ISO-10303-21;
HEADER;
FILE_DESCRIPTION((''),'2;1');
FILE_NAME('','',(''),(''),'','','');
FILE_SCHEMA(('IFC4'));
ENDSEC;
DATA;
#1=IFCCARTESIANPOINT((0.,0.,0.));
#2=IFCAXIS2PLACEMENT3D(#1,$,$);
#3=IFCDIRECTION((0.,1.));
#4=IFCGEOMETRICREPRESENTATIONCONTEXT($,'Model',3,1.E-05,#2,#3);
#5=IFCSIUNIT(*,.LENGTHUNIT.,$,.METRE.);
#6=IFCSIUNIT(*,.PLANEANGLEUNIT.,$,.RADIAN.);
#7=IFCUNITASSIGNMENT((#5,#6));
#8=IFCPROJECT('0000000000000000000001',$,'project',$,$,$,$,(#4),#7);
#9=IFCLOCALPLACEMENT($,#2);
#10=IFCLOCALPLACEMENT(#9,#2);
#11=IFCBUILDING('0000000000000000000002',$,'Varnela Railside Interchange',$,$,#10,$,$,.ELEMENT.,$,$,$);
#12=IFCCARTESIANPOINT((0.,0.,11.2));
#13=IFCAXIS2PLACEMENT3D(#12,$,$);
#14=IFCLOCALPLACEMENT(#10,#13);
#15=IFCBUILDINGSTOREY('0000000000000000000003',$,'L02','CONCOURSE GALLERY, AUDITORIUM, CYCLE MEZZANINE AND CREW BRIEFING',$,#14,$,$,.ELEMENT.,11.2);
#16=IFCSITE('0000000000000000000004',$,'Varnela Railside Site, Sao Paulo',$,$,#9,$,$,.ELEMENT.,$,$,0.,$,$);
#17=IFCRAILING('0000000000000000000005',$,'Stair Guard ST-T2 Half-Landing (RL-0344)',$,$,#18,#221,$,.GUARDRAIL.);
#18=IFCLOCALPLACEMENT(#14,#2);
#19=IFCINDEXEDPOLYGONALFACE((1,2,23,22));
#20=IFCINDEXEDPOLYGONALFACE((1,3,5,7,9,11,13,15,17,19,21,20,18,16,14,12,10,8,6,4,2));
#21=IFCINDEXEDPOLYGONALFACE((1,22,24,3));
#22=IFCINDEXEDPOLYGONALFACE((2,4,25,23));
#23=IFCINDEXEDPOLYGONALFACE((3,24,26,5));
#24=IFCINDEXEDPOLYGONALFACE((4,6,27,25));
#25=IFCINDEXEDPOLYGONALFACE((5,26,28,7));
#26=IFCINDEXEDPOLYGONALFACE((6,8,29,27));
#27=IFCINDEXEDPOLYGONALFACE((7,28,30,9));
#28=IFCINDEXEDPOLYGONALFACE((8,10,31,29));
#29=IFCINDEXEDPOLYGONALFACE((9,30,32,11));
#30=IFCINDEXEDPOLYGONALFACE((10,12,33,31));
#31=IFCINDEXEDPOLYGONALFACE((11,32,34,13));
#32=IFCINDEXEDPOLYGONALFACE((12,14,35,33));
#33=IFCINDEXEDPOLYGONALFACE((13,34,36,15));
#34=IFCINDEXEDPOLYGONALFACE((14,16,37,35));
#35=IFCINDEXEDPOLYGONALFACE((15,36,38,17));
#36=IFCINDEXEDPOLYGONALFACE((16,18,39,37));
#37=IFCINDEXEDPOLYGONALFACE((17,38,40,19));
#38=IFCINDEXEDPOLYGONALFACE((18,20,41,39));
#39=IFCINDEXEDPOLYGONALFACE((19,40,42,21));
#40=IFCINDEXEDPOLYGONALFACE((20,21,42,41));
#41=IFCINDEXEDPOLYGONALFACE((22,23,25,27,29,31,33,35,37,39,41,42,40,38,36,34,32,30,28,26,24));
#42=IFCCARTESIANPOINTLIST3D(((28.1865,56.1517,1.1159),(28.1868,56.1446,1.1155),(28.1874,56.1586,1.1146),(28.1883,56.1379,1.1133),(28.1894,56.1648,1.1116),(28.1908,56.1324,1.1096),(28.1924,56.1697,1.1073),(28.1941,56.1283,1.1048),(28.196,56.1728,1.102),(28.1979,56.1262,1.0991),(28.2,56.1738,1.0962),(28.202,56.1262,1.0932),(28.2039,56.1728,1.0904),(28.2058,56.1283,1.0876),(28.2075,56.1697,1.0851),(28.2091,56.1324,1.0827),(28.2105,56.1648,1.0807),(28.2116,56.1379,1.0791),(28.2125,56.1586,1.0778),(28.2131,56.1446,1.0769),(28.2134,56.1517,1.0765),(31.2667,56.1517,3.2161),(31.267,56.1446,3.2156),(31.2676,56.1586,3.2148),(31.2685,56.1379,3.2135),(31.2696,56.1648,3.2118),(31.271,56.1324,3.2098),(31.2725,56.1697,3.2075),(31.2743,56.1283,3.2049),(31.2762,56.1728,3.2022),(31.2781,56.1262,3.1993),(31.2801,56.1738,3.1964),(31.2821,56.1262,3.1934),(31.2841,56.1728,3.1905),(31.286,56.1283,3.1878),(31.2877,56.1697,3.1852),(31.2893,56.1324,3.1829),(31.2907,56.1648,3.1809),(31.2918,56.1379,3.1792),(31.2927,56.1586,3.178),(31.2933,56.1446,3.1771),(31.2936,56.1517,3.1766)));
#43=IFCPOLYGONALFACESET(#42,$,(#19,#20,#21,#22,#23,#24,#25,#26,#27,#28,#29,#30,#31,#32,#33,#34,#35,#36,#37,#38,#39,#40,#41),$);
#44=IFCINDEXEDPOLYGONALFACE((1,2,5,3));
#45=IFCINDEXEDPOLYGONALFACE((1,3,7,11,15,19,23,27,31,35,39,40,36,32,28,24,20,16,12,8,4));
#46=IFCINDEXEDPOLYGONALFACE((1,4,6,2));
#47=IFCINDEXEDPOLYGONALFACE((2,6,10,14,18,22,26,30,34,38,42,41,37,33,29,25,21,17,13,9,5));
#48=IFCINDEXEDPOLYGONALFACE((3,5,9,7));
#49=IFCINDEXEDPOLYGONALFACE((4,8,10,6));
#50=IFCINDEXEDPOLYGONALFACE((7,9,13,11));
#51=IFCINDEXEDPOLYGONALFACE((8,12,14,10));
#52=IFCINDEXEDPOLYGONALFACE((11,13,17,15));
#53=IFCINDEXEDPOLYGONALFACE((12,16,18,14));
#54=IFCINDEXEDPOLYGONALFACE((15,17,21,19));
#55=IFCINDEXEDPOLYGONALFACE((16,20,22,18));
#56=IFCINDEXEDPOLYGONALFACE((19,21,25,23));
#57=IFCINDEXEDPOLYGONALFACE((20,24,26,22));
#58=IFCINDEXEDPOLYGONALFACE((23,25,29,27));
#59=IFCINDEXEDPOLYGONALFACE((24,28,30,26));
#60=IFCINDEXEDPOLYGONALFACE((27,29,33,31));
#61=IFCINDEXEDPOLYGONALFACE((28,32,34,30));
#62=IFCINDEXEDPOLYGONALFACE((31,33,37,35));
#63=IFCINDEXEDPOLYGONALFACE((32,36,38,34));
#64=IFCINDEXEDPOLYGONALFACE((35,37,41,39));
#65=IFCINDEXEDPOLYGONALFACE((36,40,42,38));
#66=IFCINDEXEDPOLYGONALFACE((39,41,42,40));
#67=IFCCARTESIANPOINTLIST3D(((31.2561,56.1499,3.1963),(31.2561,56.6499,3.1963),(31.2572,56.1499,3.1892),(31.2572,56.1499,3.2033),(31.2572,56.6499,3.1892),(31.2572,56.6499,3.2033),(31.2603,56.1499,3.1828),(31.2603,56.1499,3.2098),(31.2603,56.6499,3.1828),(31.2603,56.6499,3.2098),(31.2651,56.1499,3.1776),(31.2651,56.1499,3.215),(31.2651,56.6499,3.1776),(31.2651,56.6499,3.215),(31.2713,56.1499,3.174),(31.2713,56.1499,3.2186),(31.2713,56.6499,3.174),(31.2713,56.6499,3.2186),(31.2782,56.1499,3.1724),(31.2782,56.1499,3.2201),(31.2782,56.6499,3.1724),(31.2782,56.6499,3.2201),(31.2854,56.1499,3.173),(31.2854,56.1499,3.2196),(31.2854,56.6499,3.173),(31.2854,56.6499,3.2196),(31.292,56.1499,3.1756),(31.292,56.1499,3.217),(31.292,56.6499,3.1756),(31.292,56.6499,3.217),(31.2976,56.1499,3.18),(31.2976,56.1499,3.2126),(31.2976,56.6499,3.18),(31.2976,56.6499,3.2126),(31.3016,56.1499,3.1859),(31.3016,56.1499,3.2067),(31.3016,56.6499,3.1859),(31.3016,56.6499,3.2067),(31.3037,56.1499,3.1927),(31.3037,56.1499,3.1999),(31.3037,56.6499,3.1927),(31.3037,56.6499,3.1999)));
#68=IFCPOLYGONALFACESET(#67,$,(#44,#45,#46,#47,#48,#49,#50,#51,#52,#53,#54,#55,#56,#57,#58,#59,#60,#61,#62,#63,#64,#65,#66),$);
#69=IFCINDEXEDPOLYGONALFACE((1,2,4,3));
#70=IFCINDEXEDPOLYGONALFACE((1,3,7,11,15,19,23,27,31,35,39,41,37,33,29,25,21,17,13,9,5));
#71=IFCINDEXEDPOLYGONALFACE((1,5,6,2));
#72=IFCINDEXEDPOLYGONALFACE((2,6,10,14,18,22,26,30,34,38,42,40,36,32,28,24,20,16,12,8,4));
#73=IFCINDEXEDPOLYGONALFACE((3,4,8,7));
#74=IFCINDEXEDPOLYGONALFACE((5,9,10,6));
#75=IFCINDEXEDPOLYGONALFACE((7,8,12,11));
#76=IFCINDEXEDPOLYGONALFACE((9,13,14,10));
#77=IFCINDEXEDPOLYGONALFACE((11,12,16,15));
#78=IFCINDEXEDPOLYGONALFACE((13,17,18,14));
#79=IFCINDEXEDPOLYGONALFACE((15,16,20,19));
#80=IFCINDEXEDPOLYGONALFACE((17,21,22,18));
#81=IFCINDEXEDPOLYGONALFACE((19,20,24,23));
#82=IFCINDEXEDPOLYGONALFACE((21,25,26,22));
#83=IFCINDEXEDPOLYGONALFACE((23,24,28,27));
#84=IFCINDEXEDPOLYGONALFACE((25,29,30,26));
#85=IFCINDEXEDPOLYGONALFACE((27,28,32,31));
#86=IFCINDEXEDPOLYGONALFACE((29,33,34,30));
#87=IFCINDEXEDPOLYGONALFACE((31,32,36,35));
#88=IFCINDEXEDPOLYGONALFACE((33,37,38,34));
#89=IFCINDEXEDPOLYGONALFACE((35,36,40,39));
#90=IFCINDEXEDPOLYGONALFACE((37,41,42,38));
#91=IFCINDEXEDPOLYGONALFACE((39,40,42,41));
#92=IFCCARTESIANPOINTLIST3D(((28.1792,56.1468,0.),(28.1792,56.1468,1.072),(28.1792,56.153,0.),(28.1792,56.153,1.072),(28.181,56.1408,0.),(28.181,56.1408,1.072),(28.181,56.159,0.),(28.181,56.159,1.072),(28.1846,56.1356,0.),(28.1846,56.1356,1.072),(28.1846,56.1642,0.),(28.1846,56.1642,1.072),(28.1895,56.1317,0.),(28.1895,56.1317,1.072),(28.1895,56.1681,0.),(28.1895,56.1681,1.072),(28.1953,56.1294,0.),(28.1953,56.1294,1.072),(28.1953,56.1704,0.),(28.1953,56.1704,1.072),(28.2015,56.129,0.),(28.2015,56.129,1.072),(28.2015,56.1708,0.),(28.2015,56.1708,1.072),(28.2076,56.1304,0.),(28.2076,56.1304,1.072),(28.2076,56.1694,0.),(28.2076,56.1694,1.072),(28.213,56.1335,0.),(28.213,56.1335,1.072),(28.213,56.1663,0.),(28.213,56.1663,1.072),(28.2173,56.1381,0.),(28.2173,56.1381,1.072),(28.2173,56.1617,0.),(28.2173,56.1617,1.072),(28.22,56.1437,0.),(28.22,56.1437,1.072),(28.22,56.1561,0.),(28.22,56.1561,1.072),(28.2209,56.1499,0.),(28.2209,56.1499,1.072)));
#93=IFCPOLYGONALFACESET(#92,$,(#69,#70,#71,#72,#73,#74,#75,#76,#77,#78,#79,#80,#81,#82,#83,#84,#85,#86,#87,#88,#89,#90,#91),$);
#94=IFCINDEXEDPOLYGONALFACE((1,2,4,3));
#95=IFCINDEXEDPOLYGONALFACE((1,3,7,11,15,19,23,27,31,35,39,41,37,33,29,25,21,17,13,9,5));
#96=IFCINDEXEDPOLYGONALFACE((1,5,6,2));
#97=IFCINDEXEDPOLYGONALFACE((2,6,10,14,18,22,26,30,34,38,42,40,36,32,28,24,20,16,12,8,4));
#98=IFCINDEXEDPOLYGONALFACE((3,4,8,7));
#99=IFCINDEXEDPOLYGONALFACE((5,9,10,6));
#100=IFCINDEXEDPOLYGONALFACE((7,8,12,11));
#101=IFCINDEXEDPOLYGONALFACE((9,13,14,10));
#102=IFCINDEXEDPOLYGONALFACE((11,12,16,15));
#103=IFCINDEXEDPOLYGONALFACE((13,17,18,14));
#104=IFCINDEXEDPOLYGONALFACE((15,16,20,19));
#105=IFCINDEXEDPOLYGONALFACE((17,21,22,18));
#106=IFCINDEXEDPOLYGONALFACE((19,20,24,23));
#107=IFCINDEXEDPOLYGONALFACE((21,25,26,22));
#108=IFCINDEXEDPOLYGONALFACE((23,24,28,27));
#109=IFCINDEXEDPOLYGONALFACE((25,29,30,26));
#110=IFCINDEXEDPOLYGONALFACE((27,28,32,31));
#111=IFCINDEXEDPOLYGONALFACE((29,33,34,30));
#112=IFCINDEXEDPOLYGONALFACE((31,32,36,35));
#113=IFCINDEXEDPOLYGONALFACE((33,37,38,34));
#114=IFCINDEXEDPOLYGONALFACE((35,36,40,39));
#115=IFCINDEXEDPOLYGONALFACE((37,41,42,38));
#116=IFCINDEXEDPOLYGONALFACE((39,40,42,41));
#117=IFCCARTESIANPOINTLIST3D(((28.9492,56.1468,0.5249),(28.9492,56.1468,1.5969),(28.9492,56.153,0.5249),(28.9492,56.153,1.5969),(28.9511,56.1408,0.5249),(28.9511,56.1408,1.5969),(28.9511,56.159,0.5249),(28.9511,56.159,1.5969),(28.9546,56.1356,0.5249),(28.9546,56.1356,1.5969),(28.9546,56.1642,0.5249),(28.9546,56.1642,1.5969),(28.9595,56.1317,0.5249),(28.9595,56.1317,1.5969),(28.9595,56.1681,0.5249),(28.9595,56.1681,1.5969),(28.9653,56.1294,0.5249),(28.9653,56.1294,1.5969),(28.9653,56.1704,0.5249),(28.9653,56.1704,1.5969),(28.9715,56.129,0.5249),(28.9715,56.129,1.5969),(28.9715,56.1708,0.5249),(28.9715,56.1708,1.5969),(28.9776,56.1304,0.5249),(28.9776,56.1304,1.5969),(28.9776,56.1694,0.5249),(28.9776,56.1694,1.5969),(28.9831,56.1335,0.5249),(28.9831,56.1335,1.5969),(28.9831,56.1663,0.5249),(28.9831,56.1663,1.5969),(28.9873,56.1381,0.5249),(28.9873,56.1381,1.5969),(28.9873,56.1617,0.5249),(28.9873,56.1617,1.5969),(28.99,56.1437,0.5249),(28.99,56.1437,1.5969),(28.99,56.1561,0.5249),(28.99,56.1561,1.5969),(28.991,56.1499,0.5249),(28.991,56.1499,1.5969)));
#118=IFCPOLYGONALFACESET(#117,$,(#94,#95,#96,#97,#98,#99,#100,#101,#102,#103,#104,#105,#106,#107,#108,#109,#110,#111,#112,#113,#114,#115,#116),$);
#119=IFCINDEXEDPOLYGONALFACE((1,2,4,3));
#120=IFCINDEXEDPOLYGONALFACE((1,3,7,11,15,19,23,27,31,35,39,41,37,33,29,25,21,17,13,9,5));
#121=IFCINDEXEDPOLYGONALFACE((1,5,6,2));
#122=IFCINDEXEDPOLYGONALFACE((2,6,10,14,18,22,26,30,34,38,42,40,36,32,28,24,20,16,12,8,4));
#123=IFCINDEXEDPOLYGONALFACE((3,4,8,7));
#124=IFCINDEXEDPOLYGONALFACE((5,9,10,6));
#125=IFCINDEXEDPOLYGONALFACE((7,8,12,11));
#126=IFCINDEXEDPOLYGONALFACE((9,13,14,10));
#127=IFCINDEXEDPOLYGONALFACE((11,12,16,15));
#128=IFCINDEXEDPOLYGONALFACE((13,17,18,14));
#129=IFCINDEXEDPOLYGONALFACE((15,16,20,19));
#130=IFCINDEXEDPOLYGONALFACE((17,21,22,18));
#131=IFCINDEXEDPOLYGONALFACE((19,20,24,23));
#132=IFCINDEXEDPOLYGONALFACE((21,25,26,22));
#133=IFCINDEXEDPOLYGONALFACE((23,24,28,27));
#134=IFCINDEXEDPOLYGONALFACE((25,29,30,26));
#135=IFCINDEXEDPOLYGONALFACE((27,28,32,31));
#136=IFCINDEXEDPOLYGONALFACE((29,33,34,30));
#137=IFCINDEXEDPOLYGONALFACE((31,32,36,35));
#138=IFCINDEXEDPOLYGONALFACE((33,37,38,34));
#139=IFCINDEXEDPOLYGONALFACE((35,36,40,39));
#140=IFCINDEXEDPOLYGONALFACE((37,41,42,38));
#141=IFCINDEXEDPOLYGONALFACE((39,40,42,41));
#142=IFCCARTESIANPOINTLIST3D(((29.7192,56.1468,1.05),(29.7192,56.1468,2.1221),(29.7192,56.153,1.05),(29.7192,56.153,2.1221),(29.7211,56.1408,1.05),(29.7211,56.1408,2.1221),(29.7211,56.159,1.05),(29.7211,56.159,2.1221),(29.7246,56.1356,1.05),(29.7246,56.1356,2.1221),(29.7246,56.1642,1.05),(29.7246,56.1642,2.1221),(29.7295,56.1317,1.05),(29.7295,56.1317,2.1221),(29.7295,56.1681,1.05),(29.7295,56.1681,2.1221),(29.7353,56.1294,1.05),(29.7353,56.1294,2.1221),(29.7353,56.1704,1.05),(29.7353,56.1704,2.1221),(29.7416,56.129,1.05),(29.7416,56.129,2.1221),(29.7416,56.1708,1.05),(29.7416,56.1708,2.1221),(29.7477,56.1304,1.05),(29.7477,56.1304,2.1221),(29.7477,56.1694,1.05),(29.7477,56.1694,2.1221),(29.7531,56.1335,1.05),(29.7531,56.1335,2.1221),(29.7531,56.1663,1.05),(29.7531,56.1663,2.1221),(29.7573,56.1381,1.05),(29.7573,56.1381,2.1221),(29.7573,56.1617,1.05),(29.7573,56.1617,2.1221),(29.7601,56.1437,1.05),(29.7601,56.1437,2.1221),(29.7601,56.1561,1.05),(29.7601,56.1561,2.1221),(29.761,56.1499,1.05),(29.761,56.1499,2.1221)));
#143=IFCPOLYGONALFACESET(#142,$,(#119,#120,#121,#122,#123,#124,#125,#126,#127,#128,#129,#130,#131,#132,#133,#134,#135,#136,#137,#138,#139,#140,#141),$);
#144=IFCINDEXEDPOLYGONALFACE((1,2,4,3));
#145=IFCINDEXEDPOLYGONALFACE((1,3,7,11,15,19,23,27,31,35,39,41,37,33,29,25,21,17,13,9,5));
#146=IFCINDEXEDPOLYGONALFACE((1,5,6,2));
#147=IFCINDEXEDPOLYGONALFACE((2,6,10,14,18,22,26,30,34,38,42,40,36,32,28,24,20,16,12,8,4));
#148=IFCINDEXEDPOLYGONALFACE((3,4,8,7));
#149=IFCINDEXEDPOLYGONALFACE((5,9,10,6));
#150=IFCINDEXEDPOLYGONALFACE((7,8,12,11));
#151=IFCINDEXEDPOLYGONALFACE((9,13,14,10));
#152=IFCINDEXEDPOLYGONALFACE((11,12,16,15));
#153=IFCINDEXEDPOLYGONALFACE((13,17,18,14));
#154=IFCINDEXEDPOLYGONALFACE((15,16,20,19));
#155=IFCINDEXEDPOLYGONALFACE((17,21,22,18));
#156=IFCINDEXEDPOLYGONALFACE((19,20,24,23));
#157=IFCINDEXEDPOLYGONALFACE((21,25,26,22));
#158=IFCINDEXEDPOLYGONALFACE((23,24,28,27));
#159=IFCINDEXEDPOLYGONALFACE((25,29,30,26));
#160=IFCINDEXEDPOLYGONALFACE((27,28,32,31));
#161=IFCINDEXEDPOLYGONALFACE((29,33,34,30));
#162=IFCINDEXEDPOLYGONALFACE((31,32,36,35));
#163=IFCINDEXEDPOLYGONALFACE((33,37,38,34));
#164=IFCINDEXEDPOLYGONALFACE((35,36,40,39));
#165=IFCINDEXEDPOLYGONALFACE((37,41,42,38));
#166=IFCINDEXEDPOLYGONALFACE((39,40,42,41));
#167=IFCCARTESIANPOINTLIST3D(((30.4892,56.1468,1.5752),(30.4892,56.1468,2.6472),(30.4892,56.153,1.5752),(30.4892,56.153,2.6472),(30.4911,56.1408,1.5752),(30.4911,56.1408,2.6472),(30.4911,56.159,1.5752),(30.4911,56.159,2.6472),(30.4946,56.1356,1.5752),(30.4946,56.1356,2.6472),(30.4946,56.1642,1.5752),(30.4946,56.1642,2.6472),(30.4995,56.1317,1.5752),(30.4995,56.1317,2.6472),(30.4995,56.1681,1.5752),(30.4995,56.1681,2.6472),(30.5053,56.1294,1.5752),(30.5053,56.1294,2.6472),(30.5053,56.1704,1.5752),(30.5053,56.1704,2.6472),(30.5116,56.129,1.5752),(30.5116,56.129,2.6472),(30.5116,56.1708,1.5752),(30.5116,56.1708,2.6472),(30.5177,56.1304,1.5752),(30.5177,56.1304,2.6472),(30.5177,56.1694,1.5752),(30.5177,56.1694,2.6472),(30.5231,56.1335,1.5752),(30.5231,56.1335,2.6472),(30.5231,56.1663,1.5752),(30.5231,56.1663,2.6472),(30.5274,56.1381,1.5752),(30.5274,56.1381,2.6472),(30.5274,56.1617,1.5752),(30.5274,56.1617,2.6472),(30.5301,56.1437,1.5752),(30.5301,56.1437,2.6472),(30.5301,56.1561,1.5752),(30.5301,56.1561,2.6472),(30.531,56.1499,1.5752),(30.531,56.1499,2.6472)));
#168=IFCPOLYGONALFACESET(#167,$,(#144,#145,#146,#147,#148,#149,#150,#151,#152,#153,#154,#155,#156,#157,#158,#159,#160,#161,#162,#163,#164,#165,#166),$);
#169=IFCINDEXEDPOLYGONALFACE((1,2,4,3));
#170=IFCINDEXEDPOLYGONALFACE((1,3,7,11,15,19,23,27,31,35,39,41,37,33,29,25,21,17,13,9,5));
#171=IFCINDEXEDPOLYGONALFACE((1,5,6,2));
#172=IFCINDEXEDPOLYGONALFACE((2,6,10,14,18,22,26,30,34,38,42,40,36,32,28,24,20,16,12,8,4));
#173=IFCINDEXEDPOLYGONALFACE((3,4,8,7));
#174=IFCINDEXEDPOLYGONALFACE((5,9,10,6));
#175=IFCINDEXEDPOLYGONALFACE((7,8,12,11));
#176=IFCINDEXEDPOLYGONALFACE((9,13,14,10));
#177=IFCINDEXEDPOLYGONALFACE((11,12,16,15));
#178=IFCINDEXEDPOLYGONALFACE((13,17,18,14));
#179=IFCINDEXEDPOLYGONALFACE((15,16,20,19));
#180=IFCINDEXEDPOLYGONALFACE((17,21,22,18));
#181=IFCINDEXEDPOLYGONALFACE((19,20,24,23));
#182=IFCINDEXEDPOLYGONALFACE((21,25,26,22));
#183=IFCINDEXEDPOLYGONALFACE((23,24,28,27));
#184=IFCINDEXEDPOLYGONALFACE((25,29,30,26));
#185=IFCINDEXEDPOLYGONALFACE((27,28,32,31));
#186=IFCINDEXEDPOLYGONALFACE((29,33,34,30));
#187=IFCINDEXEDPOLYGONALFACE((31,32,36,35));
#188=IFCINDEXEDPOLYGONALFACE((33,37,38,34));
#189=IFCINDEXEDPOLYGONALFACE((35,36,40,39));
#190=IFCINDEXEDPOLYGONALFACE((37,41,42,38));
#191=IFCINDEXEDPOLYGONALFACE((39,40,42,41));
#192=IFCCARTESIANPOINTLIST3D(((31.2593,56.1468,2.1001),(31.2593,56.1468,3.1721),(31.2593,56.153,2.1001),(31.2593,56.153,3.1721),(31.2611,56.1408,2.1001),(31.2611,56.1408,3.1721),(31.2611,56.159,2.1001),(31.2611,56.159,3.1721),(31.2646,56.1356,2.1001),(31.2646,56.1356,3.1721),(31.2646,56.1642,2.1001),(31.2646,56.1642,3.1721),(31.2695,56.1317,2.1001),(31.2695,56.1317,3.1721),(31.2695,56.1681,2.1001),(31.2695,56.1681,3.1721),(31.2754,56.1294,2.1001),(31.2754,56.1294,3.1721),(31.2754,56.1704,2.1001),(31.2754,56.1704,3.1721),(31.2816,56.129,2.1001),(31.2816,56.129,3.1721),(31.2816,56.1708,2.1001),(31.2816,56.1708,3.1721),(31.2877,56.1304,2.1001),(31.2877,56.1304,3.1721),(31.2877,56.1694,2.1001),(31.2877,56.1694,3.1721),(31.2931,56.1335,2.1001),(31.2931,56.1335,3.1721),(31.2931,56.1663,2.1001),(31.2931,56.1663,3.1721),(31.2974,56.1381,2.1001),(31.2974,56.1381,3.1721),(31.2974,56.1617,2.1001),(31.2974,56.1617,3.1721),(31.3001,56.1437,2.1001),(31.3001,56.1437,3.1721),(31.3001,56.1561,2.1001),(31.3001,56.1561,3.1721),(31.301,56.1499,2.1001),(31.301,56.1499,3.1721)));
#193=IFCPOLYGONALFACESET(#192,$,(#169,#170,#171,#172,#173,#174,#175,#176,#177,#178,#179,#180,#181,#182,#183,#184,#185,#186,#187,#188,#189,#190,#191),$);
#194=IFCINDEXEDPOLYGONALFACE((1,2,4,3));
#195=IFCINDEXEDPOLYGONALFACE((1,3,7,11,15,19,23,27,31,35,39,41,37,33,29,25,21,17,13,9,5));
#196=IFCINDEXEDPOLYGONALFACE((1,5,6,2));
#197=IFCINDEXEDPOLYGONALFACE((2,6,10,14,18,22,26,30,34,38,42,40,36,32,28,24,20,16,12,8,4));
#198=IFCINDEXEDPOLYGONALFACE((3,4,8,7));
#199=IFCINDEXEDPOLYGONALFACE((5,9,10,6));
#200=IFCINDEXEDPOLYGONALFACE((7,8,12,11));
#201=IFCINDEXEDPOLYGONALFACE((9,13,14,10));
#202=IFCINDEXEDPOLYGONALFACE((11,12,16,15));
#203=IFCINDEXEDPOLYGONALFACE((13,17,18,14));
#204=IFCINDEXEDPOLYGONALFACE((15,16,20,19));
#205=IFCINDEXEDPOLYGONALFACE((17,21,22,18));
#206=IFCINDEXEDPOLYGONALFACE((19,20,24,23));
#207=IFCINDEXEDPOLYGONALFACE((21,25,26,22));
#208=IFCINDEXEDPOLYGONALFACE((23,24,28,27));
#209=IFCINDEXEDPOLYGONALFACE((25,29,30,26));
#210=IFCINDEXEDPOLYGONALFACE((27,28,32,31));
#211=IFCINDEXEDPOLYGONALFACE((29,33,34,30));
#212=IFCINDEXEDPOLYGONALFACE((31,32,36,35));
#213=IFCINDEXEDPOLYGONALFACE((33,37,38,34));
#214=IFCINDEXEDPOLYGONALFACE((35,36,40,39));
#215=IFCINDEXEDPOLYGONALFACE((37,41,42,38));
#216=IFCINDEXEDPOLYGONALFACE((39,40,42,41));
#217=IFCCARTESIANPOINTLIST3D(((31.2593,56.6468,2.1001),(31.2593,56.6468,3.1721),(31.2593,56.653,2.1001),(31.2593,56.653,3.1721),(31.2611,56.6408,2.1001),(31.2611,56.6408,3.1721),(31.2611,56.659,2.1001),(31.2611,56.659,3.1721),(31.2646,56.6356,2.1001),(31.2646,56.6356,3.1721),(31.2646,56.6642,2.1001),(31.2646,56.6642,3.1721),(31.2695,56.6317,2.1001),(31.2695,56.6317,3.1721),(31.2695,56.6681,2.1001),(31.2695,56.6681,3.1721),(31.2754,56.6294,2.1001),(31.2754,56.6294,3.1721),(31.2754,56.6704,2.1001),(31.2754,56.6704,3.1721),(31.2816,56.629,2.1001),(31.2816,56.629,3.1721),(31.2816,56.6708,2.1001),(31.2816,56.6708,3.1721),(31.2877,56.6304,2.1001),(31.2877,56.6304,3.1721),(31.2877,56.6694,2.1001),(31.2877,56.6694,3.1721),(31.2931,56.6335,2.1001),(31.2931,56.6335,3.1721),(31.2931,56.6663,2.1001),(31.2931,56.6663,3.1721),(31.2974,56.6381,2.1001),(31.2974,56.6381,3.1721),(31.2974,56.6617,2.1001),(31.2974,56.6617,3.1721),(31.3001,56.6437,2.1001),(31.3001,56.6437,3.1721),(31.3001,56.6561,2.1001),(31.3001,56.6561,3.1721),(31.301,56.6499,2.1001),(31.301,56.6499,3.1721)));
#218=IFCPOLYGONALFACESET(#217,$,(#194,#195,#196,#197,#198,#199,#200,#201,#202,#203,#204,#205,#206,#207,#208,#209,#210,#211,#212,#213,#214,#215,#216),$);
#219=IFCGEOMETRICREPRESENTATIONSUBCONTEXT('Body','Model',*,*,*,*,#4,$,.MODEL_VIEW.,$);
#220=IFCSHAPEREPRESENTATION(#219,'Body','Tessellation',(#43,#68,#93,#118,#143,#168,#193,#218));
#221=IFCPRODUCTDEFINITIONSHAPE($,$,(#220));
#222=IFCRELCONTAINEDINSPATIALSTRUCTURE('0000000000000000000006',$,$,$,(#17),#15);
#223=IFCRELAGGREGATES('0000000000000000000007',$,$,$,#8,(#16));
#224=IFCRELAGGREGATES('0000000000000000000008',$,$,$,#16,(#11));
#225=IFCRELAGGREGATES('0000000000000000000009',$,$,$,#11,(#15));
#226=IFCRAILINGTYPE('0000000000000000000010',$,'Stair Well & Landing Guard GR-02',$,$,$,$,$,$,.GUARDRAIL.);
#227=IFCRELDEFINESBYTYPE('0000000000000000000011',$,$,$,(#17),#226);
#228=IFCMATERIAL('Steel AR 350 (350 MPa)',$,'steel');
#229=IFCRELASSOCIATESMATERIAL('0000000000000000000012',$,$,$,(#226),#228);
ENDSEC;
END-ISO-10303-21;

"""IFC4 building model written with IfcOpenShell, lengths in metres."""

from ifc_helpers import new_model, si_unit, direction, frame, origin, origin_2d, place, context, subcontext, project, spatial, circle, extrude, material, type_object, element, save


model = new_model("IFC4")

# Units and contexts
model_context = context("Model", 3, precision=1e-05, world=origin(), true_north=direction((0.0, 1.0)))
body_context = subcontext(model_context, "Body", "Model", "MODEL_VIEW")
ifc_project = project(units=[si_unit("LENGTHUNIT", "METRE"), si_unit("PLANEANGLEUNIT", "RADIAN")], contexts=[model_context])

# Site, building, storey
site_placement = place(None, origin())
site = spatial("IfcSite", under=ifc_project, at=site_placement, Name="Varnela Railside Site, Sao Paulo", CompositionType="ELEMENT", RefElevation=0.0)
building_placement = place(site_placement, origin())
building = spatial("IfcBuilding", under=site, at=building_placement, Name="Varnela Railside Interchange", CompositionType="ELEMENT")
storey_placement = place(building_placement, frame((0.0, 0.0, 11.2)))
storey = spatial("IfcBuildingStorey", under=building, at=storey_placement, Name="L02", Description="CONCOURSE GALLERY, AUDITORIUM, CYCLE MEZZANINE AND CREW BRIEFING", CompositionType="ELEMENT", Elevation=11.2)

# Shared definitions
ifc_material_1 = material(Name="Steel AR 350 (350 MPa)", Category="steel")

# Railing
railing_type_1 = type_object("IfcRailingType", Name="Stair Well & Landing Guard GR-02", PredefinedType="GUARDRAIL", material=ifc_material_1)
railing_1_placement = place(storey_placement, frame((28.2, 56.1499, 0.0)))
element("IfcRailing", 1, at=railing_1_placement, inside=storey, type_object=railing_type_1, Name="Stair Guard ST-T2 Half-Landing (RL-0344)", PredefinedType="GUARDRAIL", context=body_context, shape_type="SweptSolid", body=[
    extrude(circle(Radius=0.0239, at=origin_2d()), frame((0.0, 0.0, 1.0962), z_axis=(0.826222, 0.0, 0.563345), x_axis=(0.0, 1.0, 0.0)), (0.0, 0.0, 1.0), 3.728),
    extrude(circle(Radius=0.0239, at=origin_2d()), frame((3.0801, 0.0, 3.1963), z_axis=(0.0, 1.0, 0.0), x_axis=(-1.0, 0.0, 0.0)), (0.0, 0.0, 1.0), 0.5),
    extrude(circle(Radius=0.021, at=origin_2d()), origin(), (0.0, 0.0, 1.0), 1.072),
    extrude(circle(Radius=0.021, at=origin_2d()), frame((0.77, 0.0, 0.5249)), (0.0, 0.0, 1.0), 1.072),
    extrude(circle(Radius=0.021, at=origin_2d()), frame((1.54, 0.0, 1.05)), (0.0, 0.0, 1.0), 1.072),
    extrude(circle(Radius=0.021, at=origin_2d()), frame((2.3101, 0.0, 1.5752)), (0.0, 0.0, 1.0), 1.072),
    extrude(circle(Radius=0.021, at=origin_2d()), frame((3.0801, 0.0, 2.1001)), (0.0, 0.0, 1.0), 1.072),
    extrude(circle(Radius=0.021, at=origin_2d()), frame((3.0801, 0.5, 2.1001)), (0.0, 0.0, 1.0), 1.072),
])

save(model, "model.ifc")
